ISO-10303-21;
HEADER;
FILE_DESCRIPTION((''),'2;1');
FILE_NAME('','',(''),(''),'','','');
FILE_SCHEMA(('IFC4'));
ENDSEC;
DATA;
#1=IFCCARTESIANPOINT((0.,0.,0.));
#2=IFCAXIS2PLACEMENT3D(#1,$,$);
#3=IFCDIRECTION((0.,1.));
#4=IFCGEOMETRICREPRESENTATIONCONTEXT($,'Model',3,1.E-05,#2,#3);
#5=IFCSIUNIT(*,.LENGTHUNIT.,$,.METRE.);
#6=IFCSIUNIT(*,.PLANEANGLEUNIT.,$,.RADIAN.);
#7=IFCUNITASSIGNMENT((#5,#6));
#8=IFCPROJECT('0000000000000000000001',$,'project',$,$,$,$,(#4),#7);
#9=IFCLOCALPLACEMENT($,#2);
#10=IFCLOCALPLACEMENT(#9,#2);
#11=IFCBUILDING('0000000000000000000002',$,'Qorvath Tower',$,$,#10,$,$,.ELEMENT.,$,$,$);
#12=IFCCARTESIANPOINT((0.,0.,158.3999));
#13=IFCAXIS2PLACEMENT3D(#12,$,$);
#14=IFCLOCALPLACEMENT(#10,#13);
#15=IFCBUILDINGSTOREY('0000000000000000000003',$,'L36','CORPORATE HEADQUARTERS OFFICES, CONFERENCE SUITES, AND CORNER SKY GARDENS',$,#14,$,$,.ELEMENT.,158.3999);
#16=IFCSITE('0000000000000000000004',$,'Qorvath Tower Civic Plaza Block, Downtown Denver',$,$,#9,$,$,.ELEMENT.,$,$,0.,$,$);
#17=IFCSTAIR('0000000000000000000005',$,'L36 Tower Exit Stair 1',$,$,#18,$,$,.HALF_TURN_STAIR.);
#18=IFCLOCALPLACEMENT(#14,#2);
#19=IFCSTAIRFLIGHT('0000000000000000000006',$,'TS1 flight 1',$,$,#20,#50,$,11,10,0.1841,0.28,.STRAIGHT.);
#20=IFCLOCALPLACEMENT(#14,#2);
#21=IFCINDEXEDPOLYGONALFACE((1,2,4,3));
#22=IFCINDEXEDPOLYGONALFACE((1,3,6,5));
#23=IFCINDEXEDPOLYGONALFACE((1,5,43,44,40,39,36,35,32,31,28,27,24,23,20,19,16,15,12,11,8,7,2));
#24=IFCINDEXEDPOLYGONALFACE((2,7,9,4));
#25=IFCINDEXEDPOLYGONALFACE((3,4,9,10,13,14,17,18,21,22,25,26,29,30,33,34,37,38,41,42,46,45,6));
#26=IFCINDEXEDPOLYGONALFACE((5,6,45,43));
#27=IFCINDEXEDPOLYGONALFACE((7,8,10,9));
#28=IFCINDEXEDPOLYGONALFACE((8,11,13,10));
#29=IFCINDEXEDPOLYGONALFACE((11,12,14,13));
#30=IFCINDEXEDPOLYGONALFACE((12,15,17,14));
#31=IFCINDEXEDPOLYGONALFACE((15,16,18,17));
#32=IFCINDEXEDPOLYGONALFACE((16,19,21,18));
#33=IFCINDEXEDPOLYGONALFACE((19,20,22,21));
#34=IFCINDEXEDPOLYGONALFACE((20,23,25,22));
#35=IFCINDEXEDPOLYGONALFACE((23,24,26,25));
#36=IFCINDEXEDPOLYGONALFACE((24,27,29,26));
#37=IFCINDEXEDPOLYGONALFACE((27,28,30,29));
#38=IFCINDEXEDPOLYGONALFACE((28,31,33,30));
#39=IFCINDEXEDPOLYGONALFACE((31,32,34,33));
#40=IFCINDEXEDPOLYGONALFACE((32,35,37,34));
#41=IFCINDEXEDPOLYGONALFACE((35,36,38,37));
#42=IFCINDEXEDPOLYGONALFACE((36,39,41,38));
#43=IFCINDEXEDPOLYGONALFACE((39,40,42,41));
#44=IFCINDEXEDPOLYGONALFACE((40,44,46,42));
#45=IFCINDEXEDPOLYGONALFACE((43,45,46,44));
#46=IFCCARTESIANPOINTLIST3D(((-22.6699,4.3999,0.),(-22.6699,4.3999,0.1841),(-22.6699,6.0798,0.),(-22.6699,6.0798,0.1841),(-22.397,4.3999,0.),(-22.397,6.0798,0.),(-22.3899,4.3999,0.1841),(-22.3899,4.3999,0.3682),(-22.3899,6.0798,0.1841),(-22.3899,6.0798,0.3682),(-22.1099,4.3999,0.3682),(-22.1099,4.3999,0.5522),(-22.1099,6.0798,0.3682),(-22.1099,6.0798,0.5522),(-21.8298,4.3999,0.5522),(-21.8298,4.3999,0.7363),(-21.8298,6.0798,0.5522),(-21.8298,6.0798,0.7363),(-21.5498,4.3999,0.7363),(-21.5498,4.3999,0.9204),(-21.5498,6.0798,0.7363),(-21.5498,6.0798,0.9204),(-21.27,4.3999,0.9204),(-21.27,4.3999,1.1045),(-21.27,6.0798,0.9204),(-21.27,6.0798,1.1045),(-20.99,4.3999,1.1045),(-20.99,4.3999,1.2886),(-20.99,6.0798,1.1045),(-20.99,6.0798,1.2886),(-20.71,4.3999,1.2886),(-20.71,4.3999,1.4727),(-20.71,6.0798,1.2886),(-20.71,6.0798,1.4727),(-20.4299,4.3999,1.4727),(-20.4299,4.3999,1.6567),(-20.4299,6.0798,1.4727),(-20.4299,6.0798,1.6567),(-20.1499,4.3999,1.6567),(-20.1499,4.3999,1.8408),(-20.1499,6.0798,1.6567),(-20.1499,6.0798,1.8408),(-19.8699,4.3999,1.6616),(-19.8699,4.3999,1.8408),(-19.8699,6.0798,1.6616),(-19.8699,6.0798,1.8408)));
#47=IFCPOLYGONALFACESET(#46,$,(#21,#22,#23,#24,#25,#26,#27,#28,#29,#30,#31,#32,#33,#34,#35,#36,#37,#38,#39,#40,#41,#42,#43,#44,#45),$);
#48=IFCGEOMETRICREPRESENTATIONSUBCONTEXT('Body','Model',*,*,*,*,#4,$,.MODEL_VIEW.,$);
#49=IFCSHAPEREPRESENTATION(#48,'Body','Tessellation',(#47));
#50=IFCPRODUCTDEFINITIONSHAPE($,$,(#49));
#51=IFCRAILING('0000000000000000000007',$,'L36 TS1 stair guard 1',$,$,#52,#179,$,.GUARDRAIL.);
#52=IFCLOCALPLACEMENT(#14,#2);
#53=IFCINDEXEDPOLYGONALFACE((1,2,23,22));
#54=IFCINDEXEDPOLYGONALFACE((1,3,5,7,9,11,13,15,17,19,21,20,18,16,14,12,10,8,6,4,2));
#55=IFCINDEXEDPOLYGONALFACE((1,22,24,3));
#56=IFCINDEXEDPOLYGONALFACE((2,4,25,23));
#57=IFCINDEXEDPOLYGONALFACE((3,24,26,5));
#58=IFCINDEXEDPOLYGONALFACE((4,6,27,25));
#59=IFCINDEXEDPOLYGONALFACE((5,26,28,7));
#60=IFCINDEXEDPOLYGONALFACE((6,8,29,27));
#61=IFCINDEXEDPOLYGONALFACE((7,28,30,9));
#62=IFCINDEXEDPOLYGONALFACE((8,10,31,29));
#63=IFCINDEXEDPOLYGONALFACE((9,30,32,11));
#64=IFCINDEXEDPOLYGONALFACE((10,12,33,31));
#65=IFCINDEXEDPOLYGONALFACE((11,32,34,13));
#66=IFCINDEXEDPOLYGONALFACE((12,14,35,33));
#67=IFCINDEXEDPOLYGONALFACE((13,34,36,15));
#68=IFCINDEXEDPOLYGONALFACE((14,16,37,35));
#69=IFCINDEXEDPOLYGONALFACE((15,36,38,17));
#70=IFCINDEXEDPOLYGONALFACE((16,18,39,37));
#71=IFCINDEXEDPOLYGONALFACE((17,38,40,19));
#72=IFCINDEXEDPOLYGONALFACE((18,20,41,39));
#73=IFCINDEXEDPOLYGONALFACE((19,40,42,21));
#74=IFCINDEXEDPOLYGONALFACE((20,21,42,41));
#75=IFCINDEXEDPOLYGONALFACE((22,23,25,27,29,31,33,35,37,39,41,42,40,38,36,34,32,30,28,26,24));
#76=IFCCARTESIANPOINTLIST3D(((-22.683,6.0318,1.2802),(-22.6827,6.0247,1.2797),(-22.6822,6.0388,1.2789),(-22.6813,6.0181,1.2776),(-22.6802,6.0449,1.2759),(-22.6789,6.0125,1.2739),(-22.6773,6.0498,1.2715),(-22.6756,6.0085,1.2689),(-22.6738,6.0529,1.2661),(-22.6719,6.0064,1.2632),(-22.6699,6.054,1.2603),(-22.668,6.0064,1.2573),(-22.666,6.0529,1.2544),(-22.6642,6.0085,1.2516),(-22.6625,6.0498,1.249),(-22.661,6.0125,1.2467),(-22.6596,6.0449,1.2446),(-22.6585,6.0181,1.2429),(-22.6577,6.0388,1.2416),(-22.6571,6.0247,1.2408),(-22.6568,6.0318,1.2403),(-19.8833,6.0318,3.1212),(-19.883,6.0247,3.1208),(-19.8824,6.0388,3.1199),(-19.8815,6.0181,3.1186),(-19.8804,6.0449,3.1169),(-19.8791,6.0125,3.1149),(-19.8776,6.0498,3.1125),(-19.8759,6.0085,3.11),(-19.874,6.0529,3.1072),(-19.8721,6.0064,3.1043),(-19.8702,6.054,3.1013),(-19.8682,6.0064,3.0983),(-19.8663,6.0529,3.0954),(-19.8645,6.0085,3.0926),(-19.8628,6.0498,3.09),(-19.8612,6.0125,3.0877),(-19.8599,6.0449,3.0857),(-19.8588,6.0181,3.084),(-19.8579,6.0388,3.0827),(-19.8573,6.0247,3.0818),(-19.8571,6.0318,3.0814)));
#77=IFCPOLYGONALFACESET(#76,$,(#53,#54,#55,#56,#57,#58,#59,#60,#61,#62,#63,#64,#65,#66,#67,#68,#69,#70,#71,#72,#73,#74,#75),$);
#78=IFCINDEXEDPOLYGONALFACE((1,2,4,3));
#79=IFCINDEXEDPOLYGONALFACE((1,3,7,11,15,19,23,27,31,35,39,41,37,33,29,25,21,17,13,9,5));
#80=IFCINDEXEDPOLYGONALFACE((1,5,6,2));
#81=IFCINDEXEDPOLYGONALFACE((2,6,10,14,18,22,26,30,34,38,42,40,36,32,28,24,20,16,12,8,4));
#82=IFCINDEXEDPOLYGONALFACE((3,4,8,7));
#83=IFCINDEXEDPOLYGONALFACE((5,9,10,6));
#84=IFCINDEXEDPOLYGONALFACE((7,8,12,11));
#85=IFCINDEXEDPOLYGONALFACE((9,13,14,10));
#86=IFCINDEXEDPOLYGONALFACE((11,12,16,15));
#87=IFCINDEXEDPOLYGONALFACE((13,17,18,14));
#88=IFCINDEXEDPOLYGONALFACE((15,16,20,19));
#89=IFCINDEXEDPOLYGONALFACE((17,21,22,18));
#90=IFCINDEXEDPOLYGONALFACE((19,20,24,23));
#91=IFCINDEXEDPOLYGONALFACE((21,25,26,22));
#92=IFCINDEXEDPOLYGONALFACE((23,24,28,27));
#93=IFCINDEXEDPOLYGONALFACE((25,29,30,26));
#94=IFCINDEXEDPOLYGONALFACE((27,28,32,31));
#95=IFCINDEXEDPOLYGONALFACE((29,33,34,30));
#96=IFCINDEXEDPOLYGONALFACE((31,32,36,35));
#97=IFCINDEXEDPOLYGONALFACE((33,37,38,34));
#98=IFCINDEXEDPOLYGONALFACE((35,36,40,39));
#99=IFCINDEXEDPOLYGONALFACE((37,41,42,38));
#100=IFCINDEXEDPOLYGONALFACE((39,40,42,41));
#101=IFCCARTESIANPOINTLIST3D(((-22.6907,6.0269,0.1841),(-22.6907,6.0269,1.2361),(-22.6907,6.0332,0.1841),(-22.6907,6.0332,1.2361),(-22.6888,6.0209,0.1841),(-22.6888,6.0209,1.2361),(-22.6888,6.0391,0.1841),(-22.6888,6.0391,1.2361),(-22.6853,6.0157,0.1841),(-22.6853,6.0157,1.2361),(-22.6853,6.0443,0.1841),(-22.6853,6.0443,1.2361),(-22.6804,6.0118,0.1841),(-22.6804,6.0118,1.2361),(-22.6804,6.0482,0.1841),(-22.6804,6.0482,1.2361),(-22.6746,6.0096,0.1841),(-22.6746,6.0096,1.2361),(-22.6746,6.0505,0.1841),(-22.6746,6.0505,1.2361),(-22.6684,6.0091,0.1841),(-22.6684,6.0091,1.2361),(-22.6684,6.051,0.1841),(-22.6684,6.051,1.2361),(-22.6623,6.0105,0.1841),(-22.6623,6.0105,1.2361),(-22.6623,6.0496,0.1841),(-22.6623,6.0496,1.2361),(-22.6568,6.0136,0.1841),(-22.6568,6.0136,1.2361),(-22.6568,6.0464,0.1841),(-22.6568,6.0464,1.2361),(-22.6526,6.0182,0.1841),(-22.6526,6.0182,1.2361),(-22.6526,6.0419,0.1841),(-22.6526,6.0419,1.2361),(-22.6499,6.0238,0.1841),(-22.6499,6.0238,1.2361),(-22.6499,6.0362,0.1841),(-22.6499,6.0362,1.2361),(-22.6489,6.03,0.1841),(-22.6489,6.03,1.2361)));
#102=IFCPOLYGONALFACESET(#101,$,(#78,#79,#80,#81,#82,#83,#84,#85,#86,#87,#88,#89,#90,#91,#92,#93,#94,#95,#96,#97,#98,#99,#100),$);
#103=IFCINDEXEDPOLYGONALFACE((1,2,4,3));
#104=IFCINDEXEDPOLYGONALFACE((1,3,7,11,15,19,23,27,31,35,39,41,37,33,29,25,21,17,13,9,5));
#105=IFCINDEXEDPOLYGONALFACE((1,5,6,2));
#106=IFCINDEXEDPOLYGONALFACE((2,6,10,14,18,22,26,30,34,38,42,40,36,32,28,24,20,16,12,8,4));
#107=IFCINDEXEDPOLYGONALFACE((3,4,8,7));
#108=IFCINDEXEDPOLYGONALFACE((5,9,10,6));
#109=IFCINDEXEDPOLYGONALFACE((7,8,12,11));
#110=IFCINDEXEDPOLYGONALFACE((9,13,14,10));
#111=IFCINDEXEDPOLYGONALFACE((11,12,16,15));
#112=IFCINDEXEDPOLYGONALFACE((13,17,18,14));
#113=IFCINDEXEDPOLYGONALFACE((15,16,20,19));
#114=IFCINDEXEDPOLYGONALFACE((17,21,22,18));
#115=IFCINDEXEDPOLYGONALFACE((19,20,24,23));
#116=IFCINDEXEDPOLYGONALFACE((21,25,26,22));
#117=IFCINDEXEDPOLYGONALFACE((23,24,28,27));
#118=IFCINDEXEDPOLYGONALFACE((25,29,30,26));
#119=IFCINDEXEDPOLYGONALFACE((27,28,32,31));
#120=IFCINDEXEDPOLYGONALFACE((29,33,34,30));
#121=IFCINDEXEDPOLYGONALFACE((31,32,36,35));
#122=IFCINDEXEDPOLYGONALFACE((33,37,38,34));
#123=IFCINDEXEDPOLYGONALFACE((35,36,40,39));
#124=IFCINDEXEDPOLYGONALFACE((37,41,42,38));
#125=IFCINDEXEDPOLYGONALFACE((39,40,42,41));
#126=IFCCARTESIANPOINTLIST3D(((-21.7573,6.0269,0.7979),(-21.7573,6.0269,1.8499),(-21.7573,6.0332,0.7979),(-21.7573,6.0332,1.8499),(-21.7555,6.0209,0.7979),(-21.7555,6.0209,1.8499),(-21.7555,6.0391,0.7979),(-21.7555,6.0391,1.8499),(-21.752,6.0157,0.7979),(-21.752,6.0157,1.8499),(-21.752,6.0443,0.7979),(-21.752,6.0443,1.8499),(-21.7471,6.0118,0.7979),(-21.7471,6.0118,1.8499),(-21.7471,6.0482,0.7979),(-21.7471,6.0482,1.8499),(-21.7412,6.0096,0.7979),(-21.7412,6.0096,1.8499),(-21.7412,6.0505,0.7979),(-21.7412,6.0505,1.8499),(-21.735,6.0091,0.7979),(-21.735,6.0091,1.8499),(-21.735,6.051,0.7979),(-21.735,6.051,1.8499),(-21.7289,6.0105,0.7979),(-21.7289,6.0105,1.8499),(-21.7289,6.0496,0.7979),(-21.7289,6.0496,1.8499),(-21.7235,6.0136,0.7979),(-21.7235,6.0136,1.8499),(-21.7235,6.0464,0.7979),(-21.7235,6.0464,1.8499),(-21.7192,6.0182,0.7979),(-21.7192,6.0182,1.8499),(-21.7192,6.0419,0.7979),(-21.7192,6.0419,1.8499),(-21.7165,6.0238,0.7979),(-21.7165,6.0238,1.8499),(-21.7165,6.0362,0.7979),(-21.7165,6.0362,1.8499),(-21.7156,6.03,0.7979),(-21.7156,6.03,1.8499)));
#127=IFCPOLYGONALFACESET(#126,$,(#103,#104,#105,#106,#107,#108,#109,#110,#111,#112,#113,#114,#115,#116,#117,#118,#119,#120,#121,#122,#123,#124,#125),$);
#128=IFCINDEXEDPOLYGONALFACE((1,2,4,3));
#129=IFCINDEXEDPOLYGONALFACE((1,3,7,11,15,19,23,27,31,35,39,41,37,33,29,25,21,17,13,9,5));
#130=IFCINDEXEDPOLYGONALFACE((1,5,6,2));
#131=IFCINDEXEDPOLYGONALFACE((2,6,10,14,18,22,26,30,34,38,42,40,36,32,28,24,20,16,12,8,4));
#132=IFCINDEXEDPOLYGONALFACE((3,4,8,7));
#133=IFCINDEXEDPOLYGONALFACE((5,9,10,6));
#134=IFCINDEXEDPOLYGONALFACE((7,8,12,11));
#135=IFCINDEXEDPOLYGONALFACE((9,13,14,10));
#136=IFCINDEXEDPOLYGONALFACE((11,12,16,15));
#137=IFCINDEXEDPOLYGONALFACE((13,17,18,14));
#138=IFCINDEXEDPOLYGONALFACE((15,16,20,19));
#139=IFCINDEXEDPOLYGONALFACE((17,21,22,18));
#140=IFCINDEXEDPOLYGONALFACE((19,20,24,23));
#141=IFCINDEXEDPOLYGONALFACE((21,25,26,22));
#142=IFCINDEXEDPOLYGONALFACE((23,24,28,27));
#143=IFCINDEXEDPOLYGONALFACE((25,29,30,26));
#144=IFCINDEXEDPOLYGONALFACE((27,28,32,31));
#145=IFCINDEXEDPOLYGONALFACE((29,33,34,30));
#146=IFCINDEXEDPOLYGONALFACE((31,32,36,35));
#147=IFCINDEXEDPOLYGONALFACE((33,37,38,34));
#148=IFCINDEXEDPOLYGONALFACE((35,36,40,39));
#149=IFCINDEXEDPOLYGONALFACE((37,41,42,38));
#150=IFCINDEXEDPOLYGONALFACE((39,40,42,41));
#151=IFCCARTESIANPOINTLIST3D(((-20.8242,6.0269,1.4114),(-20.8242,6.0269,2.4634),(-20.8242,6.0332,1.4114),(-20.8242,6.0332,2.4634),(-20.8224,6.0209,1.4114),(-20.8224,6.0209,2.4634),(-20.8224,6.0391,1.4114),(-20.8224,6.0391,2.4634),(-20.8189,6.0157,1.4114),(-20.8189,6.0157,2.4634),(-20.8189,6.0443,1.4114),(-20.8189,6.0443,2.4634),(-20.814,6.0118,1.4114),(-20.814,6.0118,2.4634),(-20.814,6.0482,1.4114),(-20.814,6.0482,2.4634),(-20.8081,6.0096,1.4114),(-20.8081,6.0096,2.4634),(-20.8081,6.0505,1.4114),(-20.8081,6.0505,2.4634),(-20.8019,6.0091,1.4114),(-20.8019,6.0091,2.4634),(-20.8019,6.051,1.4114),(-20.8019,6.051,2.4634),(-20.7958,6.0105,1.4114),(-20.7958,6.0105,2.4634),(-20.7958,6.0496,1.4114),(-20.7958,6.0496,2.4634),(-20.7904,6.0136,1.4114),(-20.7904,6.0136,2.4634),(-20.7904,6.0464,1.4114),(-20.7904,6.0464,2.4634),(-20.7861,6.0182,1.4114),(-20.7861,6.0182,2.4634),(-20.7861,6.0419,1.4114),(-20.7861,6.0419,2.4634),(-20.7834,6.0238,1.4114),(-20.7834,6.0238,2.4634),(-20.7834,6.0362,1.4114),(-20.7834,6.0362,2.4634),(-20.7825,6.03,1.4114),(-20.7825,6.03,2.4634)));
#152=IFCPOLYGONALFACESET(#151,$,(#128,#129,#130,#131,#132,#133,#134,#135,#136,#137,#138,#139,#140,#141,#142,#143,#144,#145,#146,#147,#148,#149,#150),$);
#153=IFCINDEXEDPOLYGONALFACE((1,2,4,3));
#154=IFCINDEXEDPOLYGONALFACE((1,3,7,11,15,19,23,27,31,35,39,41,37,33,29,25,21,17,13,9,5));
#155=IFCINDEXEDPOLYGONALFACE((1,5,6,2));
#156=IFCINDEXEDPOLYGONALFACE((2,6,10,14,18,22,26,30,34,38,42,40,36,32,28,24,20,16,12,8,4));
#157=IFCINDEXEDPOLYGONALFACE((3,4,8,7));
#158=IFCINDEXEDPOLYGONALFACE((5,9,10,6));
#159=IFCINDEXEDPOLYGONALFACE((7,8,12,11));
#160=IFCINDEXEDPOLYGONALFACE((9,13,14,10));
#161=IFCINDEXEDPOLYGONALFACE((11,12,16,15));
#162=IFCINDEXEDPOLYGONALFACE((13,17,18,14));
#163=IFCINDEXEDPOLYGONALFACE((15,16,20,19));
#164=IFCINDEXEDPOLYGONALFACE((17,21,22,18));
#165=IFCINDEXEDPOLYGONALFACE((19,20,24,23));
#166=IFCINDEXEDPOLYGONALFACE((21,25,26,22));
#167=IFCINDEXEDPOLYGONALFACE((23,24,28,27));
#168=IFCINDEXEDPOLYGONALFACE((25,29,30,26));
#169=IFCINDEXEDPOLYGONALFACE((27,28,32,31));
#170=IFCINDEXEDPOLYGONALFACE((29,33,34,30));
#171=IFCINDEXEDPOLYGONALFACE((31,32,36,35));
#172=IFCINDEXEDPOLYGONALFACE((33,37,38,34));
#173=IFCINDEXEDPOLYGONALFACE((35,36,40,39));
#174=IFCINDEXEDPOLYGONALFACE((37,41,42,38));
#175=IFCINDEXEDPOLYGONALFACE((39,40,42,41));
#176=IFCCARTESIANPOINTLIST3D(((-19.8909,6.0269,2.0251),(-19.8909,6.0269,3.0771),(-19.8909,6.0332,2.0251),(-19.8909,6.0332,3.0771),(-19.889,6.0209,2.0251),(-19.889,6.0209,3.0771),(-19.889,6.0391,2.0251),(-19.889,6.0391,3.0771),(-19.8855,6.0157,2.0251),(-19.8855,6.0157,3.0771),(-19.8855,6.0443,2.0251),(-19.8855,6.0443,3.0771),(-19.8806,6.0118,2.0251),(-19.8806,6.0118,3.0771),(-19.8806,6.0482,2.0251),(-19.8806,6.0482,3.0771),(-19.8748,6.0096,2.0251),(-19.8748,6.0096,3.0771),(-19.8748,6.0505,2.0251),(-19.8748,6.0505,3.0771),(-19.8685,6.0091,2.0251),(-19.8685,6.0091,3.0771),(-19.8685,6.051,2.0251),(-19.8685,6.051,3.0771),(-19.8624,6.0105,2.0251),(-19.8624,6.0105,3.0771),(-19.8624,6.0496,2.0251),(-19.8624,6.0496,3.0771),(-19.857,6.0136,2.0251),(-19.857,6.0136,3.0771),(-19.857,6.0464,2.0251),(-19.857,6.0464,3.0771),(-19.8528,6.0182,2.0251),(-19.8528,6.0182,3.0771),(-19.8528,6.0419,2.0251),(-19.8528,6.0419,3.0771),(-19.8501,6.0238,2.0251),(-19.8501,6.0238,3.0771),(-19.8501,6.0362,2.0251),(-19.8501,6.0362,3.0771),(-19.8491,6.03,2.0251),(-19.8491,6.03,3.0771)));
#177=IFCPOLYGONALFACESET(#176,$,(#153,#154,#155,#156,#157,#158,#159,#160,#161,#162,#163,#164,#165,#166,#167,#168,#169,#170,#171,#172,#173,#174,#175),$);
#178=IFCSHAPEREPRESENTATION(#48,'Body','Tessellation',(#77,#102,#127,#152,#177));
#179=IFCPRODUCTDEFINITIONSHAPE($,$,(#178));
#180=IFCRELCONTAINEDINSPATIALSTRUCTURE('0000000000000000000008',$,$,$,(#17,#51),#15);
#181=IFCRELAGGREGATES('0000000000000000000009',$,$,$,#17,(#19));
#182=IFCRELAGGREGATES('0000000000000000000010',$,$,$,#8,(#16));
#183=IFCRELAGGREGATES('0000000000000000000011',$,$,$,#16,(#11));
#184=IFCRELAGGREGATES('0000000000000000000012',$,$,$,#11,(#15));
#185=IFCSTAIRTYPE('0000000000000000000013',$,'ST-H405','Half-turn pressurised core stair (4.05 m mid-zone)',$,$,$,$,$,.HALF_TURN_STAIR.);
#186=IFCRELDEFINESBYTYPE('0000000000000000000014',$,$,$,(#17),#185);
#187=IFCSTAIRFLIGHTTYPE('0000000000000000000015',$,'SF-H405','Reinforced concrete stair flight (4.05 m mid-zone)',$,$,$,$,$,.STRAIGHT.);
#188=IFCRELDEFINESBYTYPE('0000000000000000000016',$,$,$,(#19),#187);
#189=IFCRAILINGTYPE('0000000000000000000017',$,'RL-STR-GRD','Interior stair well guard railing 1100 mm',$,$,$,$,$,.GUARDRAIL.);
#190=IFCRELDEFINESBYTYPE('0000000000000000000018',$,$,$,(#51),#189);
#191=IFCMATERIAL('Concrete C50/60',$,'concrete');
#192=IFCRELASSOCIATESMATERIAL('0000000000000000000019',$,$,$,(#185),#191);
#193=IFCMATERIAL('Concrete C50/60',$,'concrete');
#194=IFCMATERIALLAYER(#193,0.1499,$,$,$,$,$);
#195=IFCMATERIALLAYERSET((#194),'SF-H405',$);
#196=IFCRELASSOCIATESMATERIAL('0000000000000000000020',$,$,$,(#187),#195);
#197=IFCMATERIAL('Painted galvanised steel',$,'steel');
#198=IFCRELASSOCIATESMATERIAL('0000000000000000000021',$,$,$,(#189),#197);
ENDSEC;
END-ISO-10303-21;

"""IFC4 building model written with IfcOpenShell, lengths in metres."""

from ifc_helpers import new_model, si_unit, direction, frame, origin, origin_2d, place, context, subcontext, project, spatial, polyline, circle, outline, extrude, material, layer, layer_set, type_object, element, aggregate, save


model = new_model("IFC4")

# Units and contexts
model_context = context("Model", 3, precision=1e-05, world=origin(), true_north=direction((0.0, 1.0)))
body_context = subcontext(model_context, "Body", "Model", "MODEL_VIEW")
ifc_project = project(units=[si_unit("LENGTHUNIT", "METRE"), si_unit("PLANEANGLEUNIT", "RADIAN")], contexts=[model_context])

# Site, building, storey
site_placement = place(None, origin())
site = spatial("IfcSite", under=ifc_project, at=site_placement, Name="Qorvath Tower Civic Plaza Block, Downtown Denver", CompositionType="ELEMENT", RefElevation=0.0)
building_placement = place(site_placement, origin())
building = spatial("IfcBuilding", under=site, at=building_placement, Name="Qorvath Tower", CompositionType="ELEMENT")
storey_placement = place(building_placement, frame((0.0, 0.0, 158.3999)))
storey = spatial("IfcBuildingStorey", under=building, at=storey_placement, Name="L36", Description="CORPORATE HEADQUARTERS OFFICES, CONFERENCE SUITES, AND CORNER SKY GARDENS", CompositionType="ELEMENT", Elevation=158.3999)

# Stair, stair flight
ifc_material_1 = material(Name="Concrete C50/60", Category="concrete")
stair_type = type_object("IfcStairType", Name="ST-H405", Description="Half-turn pressurised core stair (4.05 m mid-zone)", PredefinedType="HALF_TURN_STAIR", material=ifc_material_1)
stair_placement = place(storey_placement, origin())
stair = element("IfcStair", 1, at=stair_placement, inside=storey, type_object=stair_type, Name="L36 Tower Exit Stair 1", PredefinedType="HALF_TURN_STAIR")
ifc_material_2 = material(Name="Concrete C50/60", Category="concrete")
ifc_layer_1 = layer(ifc_material_2, 0.1499)
ifc_layer_set_1 = layer_set([ifc_layer_1], Name="SF-H405")
stair_flight_type = type_object("IfcStairFlightType", Name="SF-H405", Description="Reinforced concrete stair flight (4.05 m mid-zone)", PredefinedType="STRAIGHT", material=ifc_layer_set_1)
stair_flight_placement = place(storey_placement, frame((-22.6699, 5.24, 0.0), z_axis=(0.0, 0.0, 1.0), x_axis=(1.0, 0.0, 0.0)))
stair_flight = element("IfcStairFlight", 2, at=stair_flight_placement, type_object=stair_flight_type, Name="TS1 flight 1", NumberOfRisers=11, NumberOfTreads=10, PredefinedType="STRAIGHT", RiserHeight=0.1841, TreadLength=0.28, context=body_context, shape_type="SweptSolid", body=[
    extrude(outline(polyline([(0.0, 0.0), (0.0, 0.1841), (0.28, 0.1841), (0.28, 0.3682), (0.5601, 0.3682), (0.5601, 0.5522), (0.8401, 0.5522), (0.8401, 0.7363), (1.1201, 0.7363), (1.1201, 0.9204), (1.3999, 0.9204), (1.3999, 1.1045), (1.6799, 1.1045), (1.6799, 1.2886), (1.96, 1.2886), (1.96, 1.4727), (2.24, 1.4727), (2.24, 1.6567), (2.52, 1.6567), (2.52, 1.8408), (2.8, 1.8408), (2.8, 2.0249), (2.8, 1.6616), (0.2729, 0.0), (0.0, 0.0)])), frame((0.0, 0.8398, 0.0), z_axis=(0.0, -1.0, 0.0), x_axis=(1.0, 0.0, 0.0)), (0.0, 0.0, 1.0), 1.6799),
])
aggregate(stair, [stair_flight])

# Railing
ifc_material_3 = material(Name="Painted galvanised steel", Category="steel")
railing_type_1 = type_object("IfcRailingType", Name="RL-STR-GRD", Description="Interior stair well guard railing 1100 mm", PredefinedType="GUARDRAIL", material=ifc_material_3)
railing_1_placement = place(storey_placement, frame((-22.6699, 6.03, 0.1841)))
element("IfcRailing", 3, at=railing_1_placement, inside=storey, type_object=railing_type_1, Name="L36 TS1 stair guard 1", PredefinedType="GUARDRAIL", context=body_context, shape_type="SweptSolid", body=[
    extrude(circle(Radius=0.0239, at=origin_2d()), frame((0.0, 0.0, 1.0762), z_axis=(0.835542, 0.0, 0.549426), x_axis=(0.0, 1.0, 0.0)), (0.0, 0.0, 1.0), 3.3508),
    extrude(circle(Radius=0.021, at=origin_2d()), origin(), (0.0, 0.0, 1.0), 1.052),
    extrude(circle(Radius=0.021, at=origin_2d()), frame((0.9333, 0.0, 0.6138)), (0.0, 0.0, 1.0), 1.052),
    extrude(circle(Radius=0.021, at=origin_2d()), frame((1.8665, 0.0, 1.2273)), (0.0, 0.0, 1.0), 1.052),
    extrude(circle(Radius=0.021, at=origin_2d()), frame((2.7998, 0.0, 1.8411)), (0.0, 0.0, 1.0), 1.052),
])

save(model, "model.ifc")
